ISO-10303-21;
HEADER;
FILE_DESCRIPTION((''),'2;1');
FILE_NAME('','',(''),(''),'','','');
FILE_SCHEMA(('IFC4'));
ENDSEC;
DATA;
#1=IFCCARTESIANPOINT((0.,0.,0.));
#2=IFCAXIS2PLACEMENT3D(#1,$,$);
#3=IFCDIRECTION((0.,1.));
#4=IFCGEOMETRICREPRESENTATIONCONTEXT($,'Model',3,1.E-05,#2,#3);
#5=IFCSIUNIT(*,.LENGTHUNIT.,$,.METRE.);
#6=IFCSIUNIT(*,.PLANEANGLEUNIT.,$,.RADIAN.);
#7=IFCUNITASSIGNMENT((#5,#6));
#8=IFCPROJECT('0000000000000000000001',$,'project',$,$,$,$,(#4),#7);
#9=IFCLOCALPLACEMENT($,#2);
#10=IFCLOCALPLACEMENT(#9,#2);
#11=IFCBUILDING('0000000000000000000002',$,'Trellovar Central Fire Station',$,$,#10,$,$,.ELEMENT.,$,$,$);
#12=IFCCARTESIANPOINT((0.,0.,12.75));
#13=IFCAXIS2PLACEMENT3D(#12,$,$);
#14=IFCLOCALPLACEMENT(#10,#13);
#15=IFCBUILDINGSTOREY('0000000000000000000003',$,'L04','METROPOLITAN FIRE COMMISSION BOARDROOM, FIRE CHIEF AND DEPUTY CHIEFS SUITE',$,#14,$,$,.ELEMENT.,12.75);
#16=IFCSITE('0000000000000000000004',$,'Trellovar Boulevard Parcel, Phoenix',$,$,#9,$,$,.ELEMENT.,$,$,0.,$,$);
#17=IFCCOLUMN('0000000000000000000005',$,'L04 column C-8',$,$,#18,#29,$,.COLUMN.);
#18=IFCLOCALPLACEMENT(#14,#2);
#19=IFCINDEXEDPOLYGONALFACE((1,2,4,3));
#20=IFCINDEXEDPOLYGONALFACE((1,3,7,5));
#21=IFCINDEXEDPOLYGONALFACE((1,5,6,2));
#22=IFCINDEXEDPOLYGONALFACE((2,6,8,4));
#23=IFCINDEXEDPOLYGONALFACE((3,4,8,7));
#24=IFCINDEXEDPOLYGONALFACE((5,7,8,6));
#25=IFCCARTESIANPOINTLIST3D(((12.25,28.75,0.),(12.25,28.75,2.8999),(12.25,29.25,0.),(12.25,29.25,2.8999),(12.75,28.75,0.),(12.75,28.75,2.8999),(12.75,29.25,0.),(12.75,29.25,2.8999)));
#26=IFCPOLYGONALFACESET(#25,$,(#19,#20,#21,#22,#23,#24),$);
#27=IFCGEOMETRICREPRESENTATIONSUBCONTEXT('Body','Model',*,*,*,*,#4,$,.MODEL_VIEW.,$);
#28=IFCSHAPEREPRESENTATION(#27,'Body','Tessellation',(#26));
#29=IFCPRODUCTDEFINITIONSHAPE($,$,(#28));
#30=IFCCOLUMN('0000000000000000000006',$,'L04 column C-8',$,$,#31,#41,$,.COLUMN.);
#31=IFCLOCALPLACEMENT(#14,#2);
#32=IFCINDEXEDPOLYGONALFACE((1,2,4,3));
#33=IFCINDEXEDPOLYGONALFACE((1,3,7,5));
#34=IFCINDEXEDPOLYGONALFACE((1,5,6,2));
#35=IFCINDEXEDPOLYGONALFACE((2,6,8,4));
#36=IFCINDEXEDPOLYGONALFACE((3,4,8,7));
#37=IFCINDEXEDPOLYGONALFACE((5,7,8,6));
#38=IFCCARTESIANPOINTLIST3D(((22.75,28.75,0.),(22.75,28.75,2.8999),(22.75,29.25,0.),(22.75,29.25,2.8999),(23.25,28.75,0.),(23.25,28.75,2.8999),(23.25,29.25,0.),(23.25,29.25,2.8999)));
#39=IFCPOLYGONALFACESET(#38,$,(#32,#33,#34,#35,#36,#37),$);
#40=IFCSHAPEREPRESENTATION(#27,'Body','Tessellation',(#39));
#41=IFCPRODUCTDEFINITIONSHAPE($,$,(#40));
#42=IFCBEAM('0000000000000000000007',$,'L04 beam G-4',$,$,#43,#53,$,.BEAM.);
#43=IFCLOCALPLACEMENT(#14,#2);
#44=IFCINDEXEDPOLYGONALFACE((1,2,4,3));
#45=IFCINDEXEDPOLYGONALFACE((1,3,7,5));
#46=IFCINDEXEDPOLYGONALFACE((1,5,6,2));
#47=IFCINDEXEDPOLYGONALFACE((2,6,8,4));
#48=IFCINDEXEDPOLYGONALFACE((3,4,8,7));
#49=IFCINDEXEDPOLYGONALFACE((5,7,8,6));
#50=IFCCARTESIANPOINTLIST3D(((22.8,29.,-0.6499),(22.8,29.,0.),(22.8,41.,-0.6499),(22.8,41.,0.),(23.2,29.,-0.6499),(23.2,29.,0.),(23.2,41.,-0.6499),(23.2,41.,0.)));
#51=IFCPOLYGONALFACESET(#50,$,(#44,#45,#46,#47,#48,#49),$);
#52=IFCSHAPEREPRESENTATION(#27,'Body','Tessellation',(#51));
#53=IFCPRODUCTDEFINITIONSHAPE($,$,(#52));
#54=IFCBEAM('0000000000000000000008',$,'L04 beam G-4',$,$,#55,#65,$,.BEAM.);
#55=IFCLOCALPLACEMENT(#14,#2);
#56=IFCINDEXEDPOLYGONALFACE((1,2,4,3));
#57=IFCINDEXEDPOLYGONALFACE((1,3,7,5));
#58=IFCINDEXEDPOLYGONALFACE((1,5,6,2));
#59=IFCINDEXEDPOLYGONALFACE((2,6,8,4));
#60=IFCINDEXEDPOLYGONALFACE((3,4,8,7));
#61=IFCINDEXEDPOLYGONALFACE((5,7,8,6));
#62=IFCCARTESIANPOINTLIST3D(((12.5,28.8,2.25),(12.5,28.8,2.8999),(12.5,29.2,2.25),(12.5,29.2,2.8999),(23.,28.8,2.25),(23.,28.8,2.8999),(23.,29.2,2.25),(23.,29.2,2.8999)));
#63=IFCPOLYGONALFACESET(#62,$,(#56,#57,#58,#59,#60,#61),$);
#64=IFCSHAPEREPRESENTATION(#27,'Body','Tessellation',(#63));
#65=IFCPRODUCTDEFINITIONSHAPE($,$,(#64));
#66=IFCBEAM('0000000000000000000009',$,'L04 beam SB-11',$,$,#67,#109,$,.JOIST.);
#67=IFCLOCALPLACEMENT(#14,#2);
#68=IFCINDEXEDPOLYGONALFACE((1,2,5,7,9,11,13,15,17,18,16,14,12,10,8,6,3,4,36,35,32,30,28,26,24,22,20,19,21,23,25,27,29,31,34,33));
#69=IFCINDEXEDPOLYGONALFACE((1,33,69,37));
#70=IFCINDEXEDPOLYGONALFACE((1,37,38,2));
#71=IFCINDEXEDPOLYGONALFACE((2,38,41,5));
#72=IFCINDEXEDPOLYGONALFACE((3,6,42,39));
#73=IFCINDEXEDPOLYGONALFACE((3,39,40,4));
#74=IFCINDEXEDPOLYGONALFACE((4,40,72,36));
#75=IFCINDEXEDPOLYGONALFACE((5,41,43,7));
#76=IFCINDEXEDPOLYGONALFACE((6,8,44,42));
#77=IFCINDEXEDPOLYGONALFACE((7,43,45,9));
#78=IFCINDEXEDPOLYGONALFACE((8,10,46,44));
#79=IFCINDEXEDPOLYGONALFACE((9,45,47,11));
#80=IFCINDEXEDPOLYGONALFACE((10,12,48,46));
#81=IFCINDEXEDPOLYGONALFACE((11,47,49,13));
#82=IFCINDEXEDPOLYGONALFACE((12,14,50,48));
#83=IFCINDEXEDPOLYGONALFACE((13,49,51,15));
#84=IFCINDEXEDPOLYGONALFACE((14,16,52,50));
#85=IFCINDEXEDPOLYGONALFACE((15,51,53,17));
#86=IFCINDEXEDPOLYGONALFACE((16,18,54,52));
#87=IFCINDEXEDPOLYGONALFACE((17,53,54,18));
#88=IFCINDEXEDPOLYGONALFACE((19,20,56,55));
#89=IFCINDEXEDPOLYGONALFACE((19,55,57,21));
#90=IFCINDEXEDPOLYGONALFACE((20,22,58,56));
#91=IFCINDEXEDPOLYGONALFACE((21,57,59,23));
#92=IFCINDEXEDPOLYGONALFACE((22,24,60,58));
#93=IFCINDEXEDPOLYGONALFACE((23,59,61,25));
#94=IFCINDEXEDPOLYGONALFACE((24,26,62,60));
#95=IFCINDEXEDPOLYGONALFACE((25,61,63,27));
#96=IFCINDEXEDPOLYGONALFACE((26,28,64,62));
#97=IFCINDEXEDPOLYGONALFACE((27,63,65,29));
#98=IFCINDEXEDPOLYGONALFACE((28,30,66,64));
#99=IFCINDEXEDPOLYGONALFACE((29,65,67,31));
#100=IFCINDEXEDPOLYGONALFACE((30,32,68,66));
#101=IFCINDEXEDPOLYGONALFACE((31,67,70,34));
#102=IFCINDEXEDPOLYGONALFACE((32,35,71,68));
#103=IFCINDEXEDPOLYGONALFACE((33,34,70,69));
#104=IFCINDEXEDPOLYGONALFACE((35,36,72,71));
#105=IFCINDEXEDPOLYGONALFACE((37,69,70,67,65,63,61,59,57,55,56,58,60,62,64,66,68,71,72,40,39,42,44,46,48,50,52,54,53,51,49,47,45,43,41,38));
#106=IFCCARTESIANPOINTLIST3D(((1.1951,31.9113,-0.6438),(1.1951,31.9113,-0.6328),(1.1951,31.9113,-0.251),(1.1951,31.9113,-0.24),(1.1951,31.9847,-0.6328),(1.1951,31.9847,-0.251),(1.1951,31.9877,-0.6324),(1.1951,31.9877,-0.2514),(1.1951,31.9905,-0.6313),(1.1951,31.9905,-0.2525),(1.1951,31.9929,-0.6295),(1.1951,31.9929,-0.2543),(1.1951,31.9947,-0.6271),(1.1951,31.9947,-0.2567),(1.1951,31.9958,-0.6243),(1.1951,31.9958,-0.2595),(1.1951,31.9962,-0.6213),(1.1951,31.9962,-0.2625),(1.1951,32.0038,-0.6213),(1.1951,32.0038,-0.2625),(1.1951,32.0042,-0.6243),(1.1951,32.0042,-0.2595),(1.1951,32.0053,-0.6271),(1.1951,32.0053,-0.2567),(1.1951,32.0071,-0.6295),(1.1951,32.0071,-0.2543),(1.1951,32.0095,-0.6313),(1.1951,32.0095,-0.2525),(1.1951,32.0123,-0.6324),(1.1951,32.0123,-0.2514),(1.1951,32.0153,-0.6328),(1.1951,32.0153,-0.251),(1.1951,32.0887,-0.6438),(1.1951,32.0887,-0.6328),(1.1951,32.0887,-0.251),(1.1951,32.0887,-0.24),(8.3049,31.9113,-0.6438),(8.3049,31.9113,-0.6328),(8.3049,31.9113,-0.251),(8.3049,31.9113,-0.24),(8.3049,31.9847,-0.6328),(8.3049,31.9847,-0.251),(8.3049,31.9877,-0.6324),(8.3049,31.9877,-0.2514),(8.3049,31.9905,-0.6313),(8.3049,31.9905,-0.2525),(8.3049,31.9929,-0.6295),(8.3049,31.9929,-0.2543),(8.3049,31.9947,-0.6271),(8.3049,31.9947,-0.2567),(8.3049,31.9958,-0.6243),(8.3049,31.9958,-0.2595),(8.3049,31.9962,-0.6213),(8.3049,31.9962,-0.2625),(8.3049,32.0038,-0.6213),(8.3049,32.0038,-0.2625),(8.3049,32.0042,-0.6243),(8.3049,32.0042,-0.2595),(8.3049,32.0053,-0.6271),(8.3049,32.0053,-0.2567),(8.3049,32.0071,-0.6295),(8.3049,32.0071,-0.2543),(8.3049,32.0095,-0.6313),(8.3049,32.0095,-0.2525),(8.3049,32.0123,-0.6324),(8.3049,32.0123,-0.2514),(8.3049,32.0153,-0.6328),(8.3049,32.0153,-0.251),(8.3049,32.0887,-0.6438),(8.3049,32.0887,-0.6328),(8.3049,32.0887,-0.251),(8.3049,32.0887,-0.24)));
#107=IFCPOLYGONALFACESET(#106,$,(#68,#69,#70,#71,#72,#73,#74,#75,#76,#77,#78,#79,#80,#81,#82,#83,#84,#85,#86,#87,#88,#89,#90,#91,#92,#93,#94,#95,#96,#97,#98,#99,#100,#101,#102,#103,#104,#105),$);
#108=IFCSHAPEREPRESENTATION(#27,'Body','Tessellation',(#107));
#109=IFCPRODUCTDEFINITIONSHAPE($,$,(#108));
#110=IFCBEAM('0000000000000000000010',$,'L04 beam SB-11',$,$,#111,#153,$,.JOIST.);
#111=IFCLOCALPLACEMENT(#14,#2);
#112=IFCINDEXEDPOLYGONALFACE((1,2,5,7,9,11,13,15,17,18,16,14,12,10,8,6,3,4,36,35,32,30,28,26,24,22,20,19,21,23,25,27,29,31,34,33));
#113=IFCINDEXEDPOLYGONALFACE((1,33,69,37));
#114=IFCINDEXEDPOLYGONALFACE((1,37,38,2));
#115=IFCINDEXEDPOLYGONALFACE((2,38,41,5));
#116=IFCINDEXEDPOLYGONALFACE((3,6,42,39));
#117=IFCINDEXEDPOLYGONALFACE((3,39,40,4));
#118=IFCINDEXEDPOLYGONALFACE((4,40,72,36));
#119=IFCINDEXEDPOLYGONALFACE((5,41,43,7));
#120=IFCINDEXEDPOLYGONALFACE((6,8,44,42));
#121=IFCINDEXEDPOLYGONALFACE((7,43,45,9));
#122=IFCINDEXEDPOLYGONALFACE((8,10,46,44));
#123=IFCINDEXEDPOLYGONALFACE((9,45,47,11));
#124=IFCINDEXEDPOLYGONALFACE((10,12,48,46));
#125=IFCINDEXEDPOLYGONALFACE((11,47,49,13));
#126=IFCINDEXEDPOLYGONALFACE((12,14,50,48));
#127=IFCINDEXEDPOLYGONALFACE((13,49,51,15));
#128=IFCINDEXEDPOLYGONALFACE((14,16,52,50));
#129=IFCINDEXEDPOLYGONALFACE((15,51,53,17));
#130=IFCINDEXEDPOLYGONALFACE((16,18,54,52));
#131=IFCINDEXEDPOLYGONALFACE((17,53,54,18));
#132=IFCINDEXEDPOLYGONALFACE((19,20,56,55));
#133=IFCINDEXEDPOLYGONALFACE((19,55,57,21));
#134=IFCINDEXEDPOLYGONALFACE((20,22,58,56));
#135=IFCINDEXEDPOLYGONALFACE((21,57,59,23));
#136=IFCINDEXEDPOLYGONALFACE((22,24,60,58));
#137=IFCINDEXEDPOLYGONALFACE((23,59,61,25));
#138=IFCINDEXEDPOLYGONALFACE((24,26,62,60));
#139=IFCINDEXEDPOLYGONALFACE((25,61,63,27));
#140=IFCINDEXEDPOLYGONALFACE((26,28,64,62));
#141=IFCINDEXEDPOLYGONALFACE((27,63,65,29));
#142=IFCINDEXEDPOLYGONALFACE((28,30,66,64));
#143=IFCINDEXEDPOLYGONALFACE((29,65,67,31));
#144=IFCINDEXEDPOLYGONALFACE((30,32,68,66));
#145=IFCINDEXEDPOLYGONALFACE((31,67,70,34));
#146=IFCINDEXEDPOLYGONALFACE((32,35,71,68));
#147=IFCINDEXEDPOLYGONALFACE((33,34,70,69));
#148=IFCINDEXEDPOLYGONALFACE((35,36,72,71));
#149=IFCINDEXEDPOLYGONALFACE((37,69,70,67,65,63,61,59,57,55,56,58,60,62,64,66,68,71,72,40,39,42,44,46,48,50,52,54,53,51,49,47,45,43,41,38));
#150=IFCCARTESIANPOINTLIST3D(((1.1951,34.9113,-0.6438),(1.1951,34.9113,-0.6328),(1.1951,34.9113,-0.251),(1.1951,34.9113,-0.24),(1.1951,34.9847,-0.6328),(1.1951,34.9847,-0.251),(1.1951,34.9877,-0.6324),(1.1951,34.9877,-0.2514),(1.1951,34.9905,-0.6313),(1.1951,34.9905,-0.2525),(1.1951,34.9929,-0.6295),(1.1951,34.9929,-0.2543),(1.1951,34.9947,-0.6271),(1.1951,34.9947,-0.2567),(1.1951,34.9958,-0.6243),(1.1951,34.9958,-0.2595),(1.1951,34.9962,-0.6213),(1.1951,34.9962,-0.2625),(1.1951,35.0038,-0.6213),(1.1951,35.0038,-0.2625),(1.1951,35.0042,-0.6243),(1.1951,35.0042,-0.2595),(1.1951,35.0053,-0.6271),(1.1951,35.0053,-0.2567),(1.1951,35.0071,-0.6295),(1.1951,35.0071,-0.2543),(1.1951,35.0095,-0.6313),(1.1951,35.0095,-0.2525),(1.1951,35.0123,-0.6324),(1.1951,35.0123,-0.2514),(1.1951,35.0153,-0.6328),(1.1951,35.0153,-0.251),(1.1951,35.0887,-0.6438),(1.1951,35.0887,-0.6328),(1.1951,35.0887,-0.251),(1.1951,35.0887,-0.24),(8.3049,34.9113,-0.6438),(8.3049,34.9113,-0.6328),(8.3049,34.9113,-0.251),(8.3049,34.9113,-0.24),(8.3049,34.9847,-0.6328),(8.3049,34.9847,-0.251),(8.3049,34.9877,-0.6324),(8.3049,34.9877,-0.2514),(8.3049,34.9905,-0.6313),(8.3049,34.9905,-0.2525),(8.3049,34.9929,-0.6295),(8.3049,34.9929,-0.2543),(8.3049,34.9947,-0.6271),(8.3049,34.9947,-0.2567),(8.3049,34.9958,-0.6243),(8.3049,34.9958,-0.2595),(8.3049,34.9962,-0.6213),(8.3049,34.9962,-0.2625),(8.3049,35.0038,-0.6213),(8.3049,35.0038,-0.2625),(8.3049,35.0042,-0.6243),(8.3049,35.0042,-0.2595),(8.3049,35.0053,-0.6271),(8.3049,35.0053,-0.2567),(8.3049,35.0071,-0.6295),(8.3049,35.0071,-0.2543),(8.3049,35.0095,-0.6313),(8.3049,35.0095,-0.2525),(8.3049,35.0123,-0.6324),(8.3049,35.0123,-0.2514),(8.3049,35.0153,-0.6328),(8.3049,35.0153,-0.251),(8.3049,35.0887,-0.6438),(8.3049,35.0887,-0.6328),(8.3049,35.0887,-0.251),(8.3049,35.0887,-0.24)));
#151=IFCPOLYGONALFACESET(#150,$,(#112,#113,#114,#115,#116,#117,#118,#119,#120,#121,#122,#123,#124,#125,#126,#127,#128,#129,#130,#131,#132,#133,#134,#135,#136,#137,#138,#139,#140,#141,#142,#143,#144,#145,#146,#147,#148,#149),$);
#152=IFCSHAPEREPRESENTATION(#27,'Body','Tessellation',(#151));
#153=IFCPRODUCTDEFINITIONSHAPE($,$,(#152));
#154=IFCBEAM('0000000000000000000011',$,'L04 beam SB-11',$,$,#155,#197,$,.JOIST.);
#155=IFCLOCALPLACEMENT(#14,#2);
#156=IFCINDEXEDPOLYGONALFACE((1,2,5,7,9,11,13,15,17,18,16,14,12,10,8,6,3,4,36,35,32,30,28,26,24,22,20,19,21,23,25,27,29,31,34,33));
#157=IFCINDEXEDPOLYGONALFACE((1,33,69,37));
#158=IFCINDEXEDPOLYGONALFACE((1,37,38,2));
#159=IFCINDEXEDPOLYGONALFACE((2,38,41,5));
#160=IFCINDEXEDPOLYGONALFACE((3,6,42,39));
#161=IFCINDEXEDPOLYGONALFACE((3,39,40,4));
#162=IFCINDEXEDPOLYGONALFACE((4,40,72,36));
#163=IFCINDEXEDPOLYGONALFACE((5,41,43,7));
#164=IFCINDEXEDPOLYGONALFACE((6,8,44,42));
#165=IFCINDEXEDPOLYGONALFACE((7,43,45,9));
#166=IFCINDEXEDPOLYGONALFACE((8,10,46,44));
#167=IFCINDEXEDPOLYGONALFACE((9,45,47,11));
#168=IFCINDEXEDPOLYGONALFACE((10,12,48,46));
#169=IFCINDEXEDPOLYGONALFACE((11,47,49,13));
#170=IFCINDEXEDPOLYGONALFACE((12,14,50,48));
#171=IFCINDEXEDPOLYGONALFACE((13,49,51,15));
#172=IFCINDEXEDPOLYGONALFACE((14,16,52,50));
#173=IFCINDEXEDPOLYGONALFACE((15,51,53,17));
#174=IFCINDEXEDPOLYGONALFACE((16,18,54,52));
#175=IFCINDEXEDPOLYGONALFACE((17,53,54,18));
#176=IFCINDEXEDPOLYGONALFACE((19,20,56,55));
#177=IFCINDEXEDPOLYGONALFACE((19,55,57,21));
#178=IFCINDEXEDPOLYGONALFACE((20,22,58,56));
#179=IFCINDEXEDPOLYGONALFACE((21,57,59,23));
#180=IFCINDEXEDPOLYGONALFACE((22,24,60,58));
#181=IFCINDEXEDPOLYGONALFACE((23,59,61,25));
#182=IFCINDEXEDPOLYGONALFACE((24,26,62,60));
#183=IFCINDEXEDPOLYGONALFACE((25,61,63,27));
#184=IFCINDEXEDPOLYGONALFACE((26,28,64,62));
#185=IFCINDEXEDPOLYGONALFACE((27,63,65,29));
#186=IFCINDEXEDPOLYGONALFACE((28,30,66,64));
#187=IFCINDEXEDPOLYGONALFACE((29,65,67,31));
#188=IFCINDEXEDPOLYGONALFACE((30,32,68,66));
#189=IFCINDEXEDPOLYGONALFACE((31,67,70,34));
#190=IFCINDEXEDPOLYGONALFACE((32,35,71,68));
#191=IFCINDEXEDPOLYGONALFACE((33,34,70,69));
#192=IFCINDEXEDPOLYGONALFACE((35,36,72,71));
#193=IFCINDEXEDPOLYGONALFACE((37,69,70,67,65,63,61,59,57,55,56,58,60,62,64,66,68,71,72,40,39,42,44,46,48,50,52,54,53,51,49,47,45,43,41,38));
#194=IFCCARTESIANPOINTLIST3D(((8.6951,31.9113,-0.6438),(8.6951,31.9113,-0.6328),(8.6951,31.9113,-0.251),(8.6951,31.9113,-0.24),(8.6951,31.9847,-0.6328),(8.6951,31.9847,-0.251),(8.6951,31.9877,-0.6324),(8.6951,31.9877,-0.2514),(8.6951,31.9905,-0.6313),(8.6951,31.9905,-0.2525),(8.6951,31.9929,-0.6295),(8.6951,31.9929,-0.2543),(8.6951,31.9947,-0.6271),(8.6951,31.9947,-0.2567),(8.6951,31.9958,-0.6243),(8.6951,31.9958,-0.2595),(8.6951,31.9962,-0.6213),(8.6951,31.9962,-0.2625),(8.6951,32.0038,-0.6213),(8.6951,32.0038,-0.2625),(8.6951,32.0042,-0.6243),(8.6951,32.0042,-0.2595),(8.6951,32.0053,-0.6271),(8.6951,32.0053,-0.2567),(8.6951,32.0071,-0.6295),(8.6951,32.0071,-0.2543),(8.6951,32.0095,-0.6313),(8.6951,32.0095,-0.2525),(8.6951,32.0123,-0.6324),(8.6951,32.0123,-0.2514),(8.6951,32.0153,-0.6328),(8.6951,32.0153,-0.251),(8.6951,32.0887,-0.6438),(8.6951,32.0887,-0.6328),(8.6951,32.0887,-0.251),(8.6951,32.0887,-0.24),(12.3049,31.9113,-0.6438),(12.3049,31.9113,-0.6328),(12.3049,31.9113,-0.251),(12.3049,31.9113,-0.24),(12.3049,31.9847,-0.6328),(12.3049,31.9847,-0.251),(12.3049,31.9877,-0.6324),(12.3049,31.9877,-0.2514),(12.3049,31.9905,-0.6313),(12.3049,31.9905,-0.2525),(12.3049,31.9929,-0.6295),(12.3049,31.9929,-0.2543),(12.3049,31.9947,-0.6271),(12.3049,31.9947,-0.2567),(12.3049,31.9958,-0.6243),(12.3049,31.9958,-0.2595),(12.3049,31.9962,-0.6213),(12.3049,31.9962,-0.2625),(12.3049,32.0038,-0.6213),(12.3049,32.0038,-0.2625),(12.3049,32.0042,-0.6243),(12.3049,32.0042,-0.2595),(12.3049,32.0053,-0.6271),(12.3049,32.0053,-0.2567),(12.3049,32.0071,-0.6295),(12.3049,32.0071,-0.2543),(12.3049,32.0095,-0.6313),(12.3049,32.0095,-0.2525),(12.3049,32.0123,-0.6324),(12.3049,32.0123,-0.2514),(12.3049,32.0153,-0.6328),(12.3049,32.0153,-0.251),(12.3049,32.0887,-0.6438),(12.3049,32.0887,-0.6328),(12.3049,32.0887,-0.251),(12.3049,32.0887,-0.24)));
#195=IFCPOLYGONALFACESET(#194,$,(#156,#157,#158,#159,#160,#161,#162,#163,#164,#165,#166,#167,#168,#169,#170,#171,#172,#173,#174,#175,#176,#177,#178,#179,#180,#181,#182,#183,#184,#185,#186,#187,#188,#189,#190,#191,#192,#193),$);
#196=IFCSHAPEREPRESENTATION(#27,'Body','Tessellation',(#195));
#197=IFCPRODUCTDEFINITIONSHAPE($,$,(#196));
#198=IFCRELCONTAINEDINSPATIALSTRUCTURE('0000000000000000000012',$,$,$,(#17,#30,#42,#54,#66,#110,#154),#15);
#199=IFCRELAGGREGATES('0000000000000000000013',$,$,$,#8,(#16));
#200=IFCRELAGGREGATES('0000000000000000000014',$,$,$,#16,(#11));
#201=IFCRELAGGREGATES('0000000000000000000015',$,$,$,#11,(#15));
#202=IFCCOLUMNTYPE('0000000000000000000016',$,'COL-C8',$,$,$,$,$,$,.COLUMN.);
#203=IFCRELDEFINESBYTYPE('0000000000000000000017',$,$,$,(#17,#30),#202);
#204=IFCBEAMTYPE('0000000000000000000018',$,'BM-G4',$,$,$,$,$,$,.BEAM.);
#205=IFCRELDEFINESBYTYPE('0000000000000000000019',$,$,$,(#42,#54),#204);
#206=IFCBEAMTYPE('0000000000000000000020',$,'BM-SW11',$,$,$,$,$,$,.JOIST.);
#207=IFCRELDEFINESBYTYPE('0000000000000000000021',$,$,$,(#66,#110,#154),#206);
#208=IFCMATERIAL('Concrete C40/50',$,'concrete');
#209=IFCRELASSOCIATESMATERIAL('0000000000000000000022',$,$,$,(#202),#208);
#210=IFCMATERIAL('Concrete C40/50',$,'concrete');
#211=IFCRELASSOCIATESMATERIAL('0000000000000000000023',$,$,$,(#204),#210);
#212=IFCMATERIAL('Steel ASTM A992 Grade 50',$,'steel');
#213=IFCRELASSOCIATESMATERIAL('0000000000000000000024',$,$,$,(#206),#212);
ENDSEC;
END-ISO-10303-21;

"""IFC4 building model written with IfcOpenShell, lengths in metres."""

from ifc_helpers import new_model, si_unit, direction, frame, origin, origin_2d, place, context, subcontext, project, spatial, rectangle, i_section, extrude, material, material_profile, profile_set, type_object, element, save


model = new_model("IFC4")

# Units and contexts
model_context = context("Model", 3, precision=1e-05, world=origin(), true_north=direction((0.0, 1.0)))
body_context = subcontext(model_context, "Body", "Model", "MODEL_VIEW")
ifc_project = project(units=[si_unit("LENGTHUNIT", "METRE"), si_unit("PLANEANGLEUNIT", "RADIAN")], contexts=[model_context])

# Site, building, storey
site_placement = place(None, origin())
site = spatial("IfcSite", under=ifc_project, at=site_placement, Name="Trellovar Boulevard Parcel, Phoenix", CompositionType="ELEMENT", RefElevation=0.0)
building_placement = place(site_placement, origin())
building = spatial("IfcBuilding", under=site, at=building_placement, Name="Trellovar Central Fire Station", CompositionType="ELEMENT")
storey_placement = place(building_placement, frame((0.0, 0.0, 12.75)))
storey = spatial("IfcBuildingStorey", under=building, at=storey_placement, Name="L04", Description="METROPOLITAN FIRE COMMISSION BOARDROOM, FIRE CHIEF AND DEPUTY CHIEFS SUITE", CompositionType="ELEMENT", Elevation=12.75)

# Columns
ifc_material_1 = material(Name="Concrete C40/50", Category="concrete")
ifc_material_profile_1 = material_profile(ifc_material_1, rectangle(XDim=0.5, YDim=0.5, at=origin_2d()), Name="RC500X500")
ifc_profile_set_1 = profile_set([ifc_material_profile_1], Name="Concrete C40/50")
column_type = type_object("IfcColumnType", Name="COL-C8", PredefinedType="COLUMN", material=ifc_profile_set_1)
for number, where, z_axis, x_axis, name in (
    (1, (12.5, 29.0, 0.0), (0.0, 0.0, 1.0), (1.0, 0.0, 0.0), "L04 column C-8"),
    (2, (23.0, 29.0, 0.0), (0.0, 0.0, 1.0), (1.0, 0.0, 0.0), "L04 column C-8"),
):
    element("IfcColumn", number, at=place(storey_placement, frame(where, z_axis=z_axis, x_axis=x_axis)), inside=storey, type_object=column_type, Name=name, PredefinedType="COLUMN", context=body_context, shape_type="SweptSolid", body=[
        extrude(rectangle(XDim=0.5, YDim=0.5, at=origin_2d()), origin(), (0.0, 0.0, 1.0), 2.8999),
    ])

# Beams
ifc_material_2 = material(Name="Concrete C40/50", Category="concrete")
ifc_material_profile_2 = material_profile(ifc_material_2, rectangle(XDim=0.3999, YDim=0.6499, at=origin_2d()), Name="RC400X650")
ifc_profile_set_2 = profile_set([ifc_material_profile_2], Name="Concrete C40/50")
beam_type_1 = type_object("IfcBeamType", Name="BM-G4", PredefinedType="BEAM", material=ifc_profile_set_2)
beam_1_placement = place(storey_placement, frame((23.0, 29.0, -0.325), z_axis=(0.0, 1.0, 0.0), x_axis=(-1.0, 0.0, 0.0)))
element("IfcBeam", 3, at=beam_1_placement, inside=storey, type_object=beam_type_1, Name="L04 beam G-4", PredefinedType="BEAM", context=body_context, shape_type="SweptSolid", body=[
    extrude(rectangle(XDim=0.3999, YDim=0.6499, at=origin_2d()), origin(), (0.0, 0.0, 1.0), 12.0),
])
beam_2_placement = place(storey_placement, frame((12.5, 29.0, 2.575), z_axis=(1.0, 0.0, 0.0), x_axis=(0.0, 1.0, 0.0)))
element("IfcBeam", 4, at=beam_2_placement, inside=storey, type_object=beam_type_1, Name="L04 beam G-4", PredefinedType="BEAM", context=body_context, shape_type="SweptSolid", body=[
    extrude(rectangle(XDim=0.3999, YDim=0.6499, at=origin_2d()), origin(), (0.0, 0.0, 1.0), 10.5),
])
ifc_material_3 = material(Name="Steel ASTM A992 Grade 50", Category="steel")
ifc_material_profile_3 = material_profile(ifc_material_3, i_section(OverallWidth=0.1775, OverallDepth=0.4038, WebThickness=0.0076, FlangeThickness=0.011, FilletRadius=0.0115, at=origin_2d()), Name="W16X36")
ifc_profile_set_3 = profile_set([ifc_material_profile_3], Name="Steel ASTM A992 Grade 50")
beam_type_2 = type_object("IfcBeamType", Name="BM-SW11", PredefinedType="JOIST", material=ifc_profile_set_3)
for number, where, z_axis, x_axis, name in (
    (5, (1.1951, 32.0, -0.4419), (1.0, 0.0, 0.0), (0.0, 1.0, 0.0), "L04 beam SB-11"),
    (6, (1.1951, 35.0, -0.4419), (1.0, 0.0, 0.0), (0.0, 1.0, 0.0), "L04 beam SB-11"),
):
    element("IfcBeam", number, at=place(storey_placement, frame(where, z_axis=z_axis, x_axis=x_axis)), inside=storey, type_object=beam_type_2, Name=name, PredefinedType="JOIST", context=body_context, shape_type="SweptSolid", body=[
        extrude(i_section(OverallWidth=0.1775, OverallDepth=0.4038, WebThickness=0.0076, FlangeThickness=0.011, FilletRadius=0.0115, at=origin_2d()), origin(), (0.0, 0.0, 1.0), 7.1099),
    ])
for number, where, z_axis, x_axis, name in (
    (7, (8.6951, 32.0, -0.4419), (1.0, 0.0, 0.0), (0.0, 1.0, 0.0), "L04 beam SB-11"),
):
    element("IfcBeam", number, at=place(storey_placement, frame(where, z_axis=z_axis, x_axis=x_axis)), inside=storey, type_object=beam_type_2, Name=name, PredefinedType="JOIST", context=body_context, shape_type="SweptSolid", body=[
        extrude(i_section(OverallWidth=0.1775, OverallDepth=0.4038, WebThickness=0.0076, FlangeThickness=0.011, FilletRadius=0.0115, at=origin_2d()), origin(), (0.0, 0.0, 1.0), 3.6099),
    ])

save(model, "model.ifc")
